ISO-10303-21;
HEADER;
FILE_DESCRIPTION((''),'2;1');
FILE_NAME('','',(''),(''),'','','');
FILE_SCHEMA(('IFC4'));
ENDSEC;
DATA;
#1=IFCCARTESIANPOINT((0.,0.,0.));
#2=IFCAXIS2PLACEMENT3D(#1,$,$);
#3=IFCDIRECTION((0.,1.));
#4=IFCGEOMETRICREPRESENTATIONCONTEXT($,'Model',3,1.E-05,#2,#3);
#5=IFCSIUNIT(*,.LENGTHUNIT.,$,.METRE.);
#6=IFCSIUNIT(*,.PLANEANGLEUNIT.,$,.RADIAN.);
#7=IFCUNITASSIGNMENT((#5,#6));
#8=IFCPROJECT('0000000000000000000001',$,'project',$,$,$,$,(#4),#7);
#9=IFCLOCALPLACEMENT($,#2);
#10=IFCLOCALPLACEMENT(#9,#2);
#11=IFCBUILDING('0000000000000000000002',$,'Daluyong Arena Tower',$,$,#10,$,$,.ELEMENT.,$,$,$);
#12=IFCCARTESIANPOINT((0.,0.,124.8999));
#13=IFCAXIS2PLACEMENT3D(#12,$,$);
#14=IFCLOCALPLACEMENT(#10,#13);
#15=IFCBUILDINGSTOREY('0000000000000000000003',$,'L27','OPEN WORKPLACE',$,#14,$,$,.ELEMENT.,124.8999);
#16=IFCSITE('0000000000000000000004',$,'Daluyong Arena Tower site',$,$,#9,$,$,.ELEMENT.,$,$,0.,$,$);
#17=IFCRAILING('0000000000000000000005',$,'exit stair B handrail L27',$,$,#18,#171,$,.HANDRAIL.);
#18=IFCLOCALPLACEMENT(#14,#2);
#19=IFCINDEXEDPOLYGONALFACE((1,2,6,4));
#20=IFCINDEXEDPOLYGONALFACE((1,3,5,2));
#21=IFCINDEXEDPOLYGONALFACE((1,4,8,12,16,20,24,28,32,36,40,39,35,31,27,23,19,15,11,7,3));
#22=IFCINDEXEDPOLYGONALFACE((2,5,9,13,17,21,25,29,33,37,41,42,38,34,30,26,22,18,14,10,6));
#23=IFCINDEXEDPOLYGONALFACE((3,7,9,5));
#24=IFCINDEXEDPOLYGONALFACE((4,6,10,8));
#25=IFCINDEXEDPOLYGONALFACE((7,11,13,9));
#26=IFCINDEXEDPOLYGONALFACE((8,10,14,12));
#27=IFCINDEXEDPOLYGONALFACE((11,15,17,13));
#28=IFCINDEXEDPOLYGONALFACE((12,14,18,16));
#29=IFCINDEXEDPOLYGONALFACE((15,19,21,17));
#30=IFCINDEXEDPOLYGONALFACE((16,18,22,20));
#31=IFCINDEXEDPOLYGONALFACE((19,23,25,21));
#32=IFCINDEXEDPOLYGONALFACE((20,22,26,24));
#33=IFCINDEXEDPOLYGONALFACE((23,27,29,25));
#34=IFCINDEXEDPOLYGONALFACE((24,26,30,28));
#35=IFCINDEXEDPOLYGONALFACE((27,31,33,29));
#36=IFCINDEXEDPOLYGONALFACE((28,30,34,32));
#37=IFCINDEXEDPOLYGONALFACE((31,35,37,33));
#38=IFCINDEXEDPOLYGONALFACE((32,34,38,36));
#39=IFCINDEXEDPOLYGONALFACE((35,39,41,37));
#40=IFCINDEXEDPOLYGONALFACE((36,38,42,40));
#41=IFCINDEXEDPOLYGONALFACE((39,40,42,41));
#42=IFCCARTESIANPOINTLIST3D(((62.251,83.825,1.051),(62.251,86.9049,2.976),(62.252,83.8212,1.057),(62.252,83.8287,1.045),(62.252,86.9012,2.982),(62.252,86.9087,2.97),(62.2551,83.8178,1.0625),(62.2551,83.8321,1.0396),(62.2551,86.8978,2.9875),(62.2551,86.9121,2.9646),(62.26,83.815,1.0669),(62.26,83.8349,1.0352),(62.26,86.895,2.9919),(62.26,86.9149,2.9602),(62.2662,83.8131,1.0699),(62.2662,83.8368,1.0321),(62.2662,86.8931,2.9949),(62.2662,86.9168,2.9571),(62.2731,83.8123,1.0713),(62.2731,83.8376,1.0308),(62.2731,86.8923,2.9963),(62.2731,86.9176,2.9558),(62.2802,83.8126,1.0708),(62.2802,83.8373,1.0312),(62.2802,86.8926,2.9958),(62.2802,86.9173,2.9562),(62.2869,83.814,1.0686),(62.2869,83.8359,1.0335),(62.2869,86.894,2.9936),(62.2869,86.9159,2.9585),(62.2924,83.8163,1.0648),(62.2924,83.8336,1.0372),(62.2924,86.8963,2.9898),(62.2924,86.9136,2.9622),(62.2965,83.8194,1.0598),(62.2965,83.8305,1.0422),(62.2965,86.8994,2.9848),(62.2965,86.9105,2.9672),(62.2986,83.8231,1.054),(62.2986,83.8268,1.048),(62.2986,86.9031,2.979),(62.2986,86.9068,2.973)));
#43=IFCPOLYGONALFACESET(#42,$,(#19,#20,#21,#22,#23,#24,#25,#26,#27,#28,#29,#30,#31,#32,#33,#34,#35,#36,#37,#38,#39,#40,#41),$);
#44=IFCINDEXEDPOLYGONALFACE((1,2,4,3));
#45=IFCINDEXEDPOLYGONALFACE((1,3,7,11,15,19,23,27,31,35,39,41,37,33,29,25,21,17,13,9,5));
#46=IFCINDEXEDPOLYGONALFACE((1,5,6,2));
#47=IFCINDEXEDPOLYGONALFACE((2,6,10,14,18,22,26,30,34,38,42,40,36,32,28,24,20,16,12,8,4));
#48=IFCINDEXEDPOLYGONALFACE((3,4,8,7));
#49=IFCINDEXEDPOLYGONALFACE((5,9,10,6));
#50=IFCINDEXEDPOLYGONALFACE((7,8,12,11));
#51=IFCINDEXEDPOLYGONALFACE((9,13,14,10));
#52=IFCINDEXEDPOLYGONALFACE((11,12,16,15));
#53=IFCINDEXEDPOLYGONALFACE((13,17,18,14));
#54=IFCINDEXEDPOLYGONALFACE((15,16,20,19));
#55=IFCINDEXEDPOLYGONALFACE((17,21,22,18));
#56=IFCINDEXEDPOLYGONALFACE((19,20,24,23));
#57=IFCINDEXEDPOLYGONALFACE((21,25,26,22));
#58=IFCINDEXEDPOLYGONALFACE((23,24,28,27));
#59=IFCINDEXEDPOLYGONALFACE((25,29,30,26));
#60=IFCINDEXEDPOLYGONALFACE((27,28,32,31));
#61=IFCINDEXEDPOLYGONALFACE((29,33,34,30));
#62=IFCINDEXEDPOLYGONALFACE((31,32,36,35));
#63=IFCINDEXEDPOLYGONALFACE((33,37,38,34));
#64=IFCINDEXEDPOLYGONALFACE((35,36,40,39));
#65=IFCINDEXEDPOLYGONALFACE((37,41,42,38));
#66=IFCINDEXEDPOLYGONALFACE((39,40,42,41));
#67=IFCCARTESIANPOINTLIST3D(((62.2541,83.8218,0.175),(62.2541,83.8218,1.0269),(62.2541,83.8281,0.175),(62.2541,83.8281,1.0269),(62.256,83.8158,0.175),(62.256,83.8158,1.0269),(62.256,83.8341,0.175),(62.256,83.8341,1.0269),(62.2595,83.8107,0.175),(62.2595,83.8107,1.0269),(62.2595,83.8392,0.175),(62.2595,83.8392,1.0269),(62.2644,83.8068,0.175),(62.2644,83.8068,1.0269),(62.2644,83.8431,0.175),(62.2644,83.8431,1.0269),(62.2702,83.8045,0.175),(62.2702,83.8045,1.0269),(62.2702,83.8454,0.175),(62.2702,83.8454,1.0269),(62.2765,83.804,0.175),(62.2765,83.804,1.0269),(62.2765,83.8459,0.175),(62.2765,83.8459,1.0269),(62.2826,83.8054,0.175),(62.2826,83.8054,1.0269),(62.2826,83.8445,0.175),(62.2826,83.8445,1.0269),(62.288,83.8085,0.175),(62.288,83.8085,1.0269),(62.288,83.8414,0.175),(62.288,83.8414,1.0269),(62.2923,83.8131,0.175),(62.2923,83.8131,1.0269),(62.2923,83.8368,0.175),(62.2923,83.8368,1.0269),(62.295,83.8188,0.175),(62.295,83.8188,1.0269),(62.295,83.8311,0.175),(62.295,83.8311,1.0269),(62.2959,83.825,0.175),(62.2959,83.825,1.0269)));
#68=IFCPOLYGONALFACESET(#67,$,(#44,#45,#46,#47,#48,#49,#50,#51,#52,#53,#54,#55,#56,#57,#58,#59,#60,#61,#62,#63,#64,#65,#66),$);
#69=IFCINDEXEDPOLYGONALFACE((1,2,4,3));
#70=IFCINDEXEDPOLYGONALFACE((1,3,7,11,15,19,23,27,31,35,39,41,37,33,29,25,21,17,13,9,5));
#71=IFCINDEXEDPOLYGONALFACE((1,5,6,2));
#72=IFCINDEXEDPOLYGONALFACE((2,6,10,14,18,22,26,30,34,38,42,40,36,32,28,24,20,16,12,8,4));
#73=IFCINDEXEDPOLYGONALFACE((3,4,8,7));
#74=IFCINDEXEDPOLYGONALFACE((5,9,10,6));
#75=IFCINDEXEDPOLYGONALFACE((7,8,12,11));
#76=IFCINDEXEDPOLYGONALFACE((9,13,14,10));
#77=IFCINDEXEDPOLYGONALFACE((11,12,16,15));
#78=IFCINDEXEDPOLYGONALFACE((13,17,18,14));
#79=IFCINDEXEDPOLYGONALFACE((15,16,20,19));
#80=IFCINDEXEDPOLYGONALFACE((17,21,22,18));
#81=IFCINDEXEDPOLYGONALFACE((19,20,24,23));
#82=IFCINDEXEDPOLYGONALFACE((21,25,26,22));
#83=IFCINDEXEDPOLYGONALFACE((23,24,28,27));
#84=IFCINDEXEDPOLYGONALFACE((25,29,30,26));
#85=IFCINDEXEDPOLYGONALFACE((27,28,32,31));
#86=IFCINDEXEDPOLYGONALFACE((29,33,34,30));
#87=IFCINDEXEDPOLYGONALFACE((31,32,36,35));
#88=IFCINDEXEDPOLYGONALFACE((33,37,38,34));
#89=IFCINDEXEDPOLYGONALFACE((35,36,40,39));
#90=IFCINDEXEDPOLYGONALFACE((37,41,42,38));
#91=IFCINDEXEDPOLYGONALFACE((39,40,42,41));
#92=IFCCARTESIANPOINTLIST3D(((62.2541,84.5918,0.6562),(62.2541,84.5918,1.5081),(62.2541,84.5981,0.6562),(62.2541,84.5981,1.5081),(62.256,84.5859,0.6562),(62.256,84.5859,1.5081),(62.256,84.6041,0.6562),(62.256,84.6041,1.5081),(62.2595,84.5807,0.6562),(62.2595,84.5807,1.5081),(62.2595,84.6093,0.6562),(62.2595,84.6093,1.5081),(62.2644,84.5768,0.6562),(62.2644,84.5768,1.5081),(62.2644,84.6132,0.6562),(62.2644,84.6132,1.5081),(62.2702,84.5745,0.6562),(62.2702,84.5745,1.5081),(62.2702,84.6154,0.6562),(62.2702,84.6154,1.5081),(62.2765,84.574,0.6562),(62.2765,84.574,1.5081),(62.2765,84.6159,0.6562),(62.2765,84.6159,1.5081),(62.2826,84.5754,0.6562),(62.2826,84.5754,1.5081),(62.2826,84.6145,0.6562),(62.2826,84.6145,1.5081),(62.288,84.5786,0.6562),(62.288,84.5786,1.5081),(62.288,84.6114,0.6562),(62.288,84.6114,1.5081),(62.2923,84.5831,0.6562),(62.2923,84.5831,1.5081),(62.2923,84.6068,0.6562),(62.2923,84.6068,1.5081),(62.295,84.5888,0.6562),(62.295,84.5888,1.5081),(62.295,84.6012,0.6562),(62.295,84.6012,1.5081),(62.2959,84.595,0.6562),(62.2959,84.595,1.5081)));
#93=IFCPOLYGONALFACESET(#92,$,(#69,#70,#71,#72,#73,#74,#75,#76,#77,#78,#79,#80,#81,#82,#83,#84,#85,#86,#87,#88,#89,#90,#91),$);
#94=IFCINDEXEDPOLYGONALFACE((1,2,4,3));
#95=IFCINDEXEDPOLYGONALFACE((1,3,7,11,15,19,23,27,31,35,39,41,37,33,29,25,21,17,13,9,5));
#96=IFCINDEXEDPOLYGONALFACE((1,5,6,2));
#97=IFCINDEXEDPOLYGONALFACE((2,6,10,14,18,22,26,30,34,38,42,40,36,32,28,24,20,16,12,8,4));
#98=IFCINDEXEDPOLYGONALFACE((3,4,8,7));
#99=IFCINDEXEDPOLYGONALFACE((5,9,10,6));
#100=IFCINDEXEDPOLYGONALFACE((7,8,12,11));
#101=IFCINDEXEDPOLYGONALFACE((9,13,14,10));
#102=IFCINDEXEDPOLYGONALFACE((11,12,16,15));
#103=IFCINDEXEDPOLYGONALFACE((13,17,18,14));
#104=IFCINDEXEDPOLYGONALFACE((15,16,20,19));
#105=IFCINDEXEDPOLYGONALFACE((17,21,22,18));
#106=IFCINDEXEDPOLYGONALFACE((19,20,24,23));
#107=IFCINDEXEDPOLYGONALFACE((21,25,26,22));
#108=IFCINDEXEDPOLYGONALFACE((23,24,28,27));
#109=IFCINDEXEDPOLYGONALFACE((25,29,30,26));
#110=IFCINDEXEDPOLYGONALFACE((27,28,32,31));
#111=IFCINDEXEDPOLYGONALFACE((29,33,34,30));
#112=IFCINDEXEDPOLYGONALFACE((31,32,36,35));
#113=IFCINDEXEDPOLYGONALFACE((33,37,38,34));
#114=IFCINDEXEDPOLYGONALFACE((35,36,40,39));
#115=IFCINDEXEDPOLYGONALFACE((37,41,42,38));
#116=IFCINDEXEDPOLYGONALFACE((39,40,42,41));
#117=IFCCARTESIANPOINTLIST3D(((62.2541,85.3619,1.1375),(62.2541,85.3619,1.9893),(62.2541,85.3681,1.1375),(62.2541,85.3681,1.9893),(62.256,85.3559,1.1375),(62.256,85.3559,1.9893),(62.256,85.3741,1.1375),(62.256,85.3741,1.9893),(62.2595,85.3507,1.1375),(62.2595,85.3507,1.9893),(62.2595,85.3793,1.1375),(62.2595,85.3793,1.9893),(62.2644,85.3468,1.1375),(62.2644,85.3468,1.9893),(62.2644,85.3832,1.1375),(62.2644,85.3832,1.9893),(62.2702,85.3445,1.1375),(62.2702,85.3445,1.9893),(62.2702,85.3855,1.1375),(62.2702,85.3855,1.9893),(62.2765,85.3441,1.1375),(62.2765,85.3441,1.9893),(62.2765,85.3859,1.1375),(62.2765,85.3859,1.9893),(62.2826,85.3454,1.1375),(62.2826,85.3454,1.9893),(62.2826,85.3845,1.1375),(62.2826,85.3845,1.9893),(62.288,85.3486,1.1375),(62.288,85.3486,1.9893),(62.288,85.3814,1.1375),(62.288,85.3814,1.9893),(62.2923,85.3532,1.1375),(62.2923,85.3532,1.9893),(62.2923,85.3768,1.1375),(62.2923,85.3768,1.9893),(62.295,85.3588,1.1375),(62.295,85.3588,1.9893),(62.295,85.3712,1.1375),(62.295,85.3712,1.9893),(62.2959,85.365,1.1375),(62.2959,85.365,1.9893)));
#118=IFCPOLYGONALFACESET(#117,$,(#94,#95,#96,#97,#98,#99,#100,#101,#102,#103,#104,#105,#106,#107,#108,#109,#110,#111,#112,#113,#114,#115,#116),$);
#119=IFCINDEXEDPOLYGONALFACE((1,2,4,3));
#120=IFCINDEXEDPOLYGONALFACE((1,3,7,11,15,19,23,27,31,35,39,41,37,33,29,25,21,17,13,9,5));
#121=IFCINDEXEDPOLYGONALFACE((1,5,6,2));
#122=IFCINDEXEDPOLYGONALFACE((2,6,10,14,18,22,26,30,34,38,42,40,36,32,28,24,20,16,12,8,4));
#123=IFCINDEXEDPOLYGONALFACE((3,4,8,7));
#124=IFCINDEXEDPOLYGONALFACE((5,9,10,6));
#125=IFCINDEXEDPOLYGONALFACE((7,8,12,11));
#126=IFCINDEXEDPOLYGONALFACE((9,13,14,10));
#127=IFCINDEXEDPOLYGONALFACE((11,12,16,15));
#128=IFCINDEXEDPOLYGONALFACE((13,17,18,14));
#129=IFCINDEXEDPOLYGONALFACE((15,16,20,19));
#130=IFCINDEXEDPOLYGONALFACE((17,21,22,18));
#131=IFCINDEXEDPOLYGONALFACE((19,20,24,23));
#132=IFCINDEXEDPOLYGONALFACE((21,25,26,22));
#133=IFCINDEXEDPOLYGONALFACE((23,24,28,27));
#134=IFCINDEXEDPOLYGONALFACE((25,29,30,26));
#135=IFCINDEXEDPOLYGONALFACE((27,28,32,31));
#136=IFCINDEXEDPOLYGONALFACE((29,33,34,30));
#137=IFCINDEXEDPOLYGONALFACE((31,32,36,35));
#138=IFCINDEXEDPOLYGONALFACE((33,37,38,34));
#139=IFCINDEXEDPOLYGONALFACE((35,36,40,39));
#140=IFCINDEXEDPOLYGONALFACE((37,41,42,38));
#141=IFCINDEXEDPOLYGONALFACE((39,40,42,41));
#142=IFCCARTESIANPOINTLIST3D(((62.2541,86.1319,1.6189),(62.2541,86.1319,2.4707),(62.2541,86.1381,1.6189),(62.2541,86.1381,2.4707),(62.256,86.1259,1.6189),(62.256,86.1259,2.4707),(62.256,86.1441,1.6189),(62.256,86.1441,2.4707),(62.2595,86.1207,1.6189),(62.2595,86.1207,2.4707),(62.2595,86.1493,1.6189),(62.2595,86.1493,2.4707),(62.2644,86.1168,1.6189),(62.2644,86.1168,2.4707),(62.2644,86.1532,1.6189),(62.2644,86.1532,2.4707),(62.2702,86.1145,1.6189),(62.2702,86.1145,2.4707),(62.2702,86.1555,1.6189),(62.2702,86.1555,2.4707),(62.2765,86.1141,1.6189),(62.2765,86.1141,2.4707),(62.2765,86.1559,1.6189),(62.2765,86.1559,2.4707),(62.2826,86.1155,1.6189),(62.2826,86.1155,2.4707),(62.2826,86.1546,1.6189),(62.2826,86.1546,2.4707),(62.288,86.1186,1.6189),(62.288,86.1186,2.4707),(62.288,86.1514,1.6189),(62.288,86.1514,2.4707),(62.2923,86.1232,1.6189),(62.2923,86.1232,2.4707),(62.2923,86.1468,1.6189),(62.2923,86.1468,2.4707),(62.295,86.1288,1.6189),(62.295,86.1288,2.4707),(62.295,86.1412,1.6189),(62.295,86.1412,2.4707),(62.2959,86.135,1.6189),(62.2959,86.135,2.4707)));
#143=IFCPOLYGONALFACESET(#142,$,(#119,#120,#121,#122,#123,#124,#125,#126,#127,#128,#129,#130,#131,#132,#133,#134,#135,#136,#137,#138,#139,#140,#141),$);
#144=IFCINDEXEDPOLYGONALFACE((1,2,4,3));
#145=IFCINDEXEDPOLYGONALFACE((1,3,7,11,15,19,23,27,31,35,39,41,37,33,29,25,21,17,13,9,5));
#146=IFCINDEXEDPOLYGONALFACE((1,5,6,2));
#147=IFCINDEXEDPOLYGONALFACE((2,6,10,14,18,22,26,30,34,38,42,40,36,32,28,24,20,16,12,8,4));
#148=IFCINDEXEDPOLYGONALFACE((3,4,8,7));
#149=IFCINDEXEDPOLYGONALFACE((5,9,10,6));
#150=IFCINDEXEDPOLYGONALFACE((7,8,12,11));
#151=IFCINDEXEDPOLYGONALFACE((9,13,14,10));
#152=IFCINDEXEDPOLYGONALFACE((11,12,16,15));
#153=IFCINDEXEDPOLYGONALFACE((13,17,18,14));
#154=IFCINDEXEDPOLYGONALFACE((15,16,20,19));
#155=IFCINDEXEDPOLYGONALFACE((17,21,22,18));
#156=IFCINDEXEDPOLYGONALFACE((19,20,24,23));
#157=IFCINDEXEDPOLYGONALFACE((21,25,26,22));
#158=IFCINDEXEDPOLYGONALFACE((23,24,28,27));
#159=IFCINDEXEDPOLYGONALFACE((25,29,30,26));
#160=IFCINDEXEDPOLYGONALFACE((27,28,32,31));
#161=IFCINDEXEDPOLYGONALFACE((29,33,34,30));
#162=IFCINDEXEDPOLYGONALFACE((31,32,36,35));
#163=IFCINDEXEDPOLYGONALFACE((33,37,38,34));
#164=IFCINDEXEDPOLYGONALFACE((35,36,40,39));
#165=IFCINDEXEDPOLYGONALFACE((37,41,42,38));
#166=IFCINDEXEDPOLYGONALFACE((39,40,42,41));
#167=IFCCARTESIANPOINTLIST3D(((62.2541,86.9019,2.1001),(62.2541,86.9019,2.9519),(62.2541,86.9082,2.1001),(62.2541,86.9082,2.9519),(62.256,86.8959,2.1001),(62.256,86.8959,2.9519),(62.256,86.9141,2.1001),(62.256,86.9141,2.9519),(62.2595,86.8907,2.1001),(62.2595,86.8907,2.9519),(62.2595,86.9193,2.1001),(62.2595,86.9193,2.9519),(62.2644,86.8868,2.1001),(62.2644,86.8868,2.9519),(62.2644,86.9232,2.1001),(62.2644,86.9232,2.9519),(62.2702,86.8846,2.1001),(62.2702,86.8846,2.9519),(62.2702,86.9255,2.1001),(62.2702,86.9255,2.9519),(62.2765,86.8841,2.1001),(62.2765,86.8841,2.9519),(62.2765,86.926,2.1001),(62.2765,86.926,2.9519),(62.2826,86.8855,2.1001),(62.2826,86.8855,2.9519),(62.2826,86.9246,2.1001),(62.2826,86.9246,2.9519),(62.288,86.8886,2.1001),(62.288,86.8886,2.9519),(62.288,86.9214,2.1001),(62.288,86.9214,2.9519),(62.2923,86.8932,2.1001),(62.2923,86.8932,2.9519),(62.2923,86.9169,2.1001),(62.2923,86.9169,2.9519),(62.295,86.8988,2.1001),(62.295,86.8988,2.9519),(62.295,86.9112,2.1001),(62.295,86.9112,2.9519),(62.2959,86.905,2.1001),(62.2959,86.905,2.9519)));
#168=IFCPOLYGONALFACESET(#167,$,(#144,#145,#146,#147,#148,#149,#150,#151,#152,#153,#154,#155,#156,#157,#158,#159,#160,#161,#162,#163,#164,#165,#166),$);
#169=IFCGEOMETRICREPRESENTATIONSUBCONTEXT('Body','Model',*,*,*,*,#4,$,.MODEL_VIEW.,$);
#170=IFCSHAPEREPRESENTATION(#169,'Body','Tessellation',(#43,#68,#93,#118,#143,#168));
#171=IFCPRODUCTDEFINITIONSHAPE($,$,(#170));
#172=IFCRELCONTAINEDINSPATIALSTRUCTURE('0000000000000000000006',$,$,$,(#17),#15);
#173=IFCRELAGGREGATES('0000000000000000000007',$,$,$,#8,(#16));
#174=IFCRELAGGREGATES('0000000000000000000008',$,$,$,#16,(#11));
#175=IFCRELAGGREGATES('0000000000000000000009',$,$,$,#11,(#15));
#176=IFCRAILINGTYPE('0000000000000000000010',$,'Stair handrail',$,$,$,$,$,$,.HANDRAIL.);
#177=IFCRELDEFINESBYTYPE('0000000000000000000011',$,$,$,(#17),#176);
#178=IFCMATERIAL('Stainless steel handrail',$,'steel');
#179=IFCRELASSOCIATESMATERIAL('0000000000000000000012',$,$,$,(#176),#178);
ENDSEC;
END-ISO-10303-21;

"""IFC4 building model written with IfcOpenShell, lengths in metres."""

from ifc_helpers import new_model, si_unit, direction, frame, origin, origin_2d, place, context, subcontext, project, spatial, circle, extrude, material, type_object, element, save


model = new_model("IFC4")

# Units and contexts
model_context = context("Model", 3, precision=1e-05, world=origin(), true_north=direction((0.0, 1.0)))
body_context = subcontext(model_context, "Body", "Model", "MODEL_VIEW")
ifc_project = project(units=[si_unit("LENGTHUNIT", "METRE"), si_unit("PLANEANGLEUNIT", "RADIAN")], contexts=[model_context])

# Site, building, storey
site_placement = place(None, origin())
site = spatial("IfcSite", under=ifc_project, at=site_placement, Name="Daluyong Arena Tower site", CompositionType="ELEMENT", RefElevation=0.0)
building_placement = place(site_placement, origin())
building = spatial("IfcBuilding", under=site, at=building_placement, Name="Daluyong Arena Tower", CompositionType="ELEMENT")
storey_placement = place(building_placement, frame((0.0, 0.0, 124.8999)))
storey = spatial("IfcBuildingStorey", under=building, at=storey_placement, Name="L27", Description="OPEN WORKPLACE", CompositionType="ELEMENT", Elevation=124.8999)

# Railing
ifc_material_1 = material(Name="Stainless steel handrail", Category="steel")
railing_type_1 = type_object("IfcRailingType", Name="Stair handrail", PredefinedType="HANDRAIL", material=ifc_material_1)
railing_1_placement = place(storey_placement, frame((62.2749, 83.825, 0.175)))
element("IfcRailing", 1, at=railing_1_placement, inside=storey, type_object=railing_type_1, Name="exit stair B handrail L27", PredefinedType="HANDRAIL", context=body_context, shape_type="SweptSolid", body=[
    extrude(circle(Radius=0.0239, at=origin_2d()), frame((0.0, 0.0, 0.876), z_axis=(0.0, 0.847998, 0.529999), x_axis=(-1.0, 0.0, 0.0)), (0.0, 0.0, 1.0), 3.6321),
    extrude(circle(Radius=0.021, at=origin_2d()), origin(), (0.0, 0.0, 1.0), 0.8518),
    extrude(circle(Radius=0.021, at=origin_2d()), frame((0.0, 0.77, 0.4812)), (0.0, 0.0, 1.0), 0.8518),
    extrude(circle(Radius=0.021, at=origin_2d()), frame((0.0, 1.54, 0.9624)), (0.0, 0.0, 1.0), 0.8518),
    extrude(circle(Radius=0.021, at=origin_2d()), frame((0.0, 2.3101, 1.4438)), (0.0, 0.0, 1.0), 0.8518),
    extrude(circle(Radius=0.021, at=origin_2d()), frame((0.0, 3.0801, 1.925)), (0.0, 0.0, 1.0), 0.8518),
])

save(model, "model.ifc")
